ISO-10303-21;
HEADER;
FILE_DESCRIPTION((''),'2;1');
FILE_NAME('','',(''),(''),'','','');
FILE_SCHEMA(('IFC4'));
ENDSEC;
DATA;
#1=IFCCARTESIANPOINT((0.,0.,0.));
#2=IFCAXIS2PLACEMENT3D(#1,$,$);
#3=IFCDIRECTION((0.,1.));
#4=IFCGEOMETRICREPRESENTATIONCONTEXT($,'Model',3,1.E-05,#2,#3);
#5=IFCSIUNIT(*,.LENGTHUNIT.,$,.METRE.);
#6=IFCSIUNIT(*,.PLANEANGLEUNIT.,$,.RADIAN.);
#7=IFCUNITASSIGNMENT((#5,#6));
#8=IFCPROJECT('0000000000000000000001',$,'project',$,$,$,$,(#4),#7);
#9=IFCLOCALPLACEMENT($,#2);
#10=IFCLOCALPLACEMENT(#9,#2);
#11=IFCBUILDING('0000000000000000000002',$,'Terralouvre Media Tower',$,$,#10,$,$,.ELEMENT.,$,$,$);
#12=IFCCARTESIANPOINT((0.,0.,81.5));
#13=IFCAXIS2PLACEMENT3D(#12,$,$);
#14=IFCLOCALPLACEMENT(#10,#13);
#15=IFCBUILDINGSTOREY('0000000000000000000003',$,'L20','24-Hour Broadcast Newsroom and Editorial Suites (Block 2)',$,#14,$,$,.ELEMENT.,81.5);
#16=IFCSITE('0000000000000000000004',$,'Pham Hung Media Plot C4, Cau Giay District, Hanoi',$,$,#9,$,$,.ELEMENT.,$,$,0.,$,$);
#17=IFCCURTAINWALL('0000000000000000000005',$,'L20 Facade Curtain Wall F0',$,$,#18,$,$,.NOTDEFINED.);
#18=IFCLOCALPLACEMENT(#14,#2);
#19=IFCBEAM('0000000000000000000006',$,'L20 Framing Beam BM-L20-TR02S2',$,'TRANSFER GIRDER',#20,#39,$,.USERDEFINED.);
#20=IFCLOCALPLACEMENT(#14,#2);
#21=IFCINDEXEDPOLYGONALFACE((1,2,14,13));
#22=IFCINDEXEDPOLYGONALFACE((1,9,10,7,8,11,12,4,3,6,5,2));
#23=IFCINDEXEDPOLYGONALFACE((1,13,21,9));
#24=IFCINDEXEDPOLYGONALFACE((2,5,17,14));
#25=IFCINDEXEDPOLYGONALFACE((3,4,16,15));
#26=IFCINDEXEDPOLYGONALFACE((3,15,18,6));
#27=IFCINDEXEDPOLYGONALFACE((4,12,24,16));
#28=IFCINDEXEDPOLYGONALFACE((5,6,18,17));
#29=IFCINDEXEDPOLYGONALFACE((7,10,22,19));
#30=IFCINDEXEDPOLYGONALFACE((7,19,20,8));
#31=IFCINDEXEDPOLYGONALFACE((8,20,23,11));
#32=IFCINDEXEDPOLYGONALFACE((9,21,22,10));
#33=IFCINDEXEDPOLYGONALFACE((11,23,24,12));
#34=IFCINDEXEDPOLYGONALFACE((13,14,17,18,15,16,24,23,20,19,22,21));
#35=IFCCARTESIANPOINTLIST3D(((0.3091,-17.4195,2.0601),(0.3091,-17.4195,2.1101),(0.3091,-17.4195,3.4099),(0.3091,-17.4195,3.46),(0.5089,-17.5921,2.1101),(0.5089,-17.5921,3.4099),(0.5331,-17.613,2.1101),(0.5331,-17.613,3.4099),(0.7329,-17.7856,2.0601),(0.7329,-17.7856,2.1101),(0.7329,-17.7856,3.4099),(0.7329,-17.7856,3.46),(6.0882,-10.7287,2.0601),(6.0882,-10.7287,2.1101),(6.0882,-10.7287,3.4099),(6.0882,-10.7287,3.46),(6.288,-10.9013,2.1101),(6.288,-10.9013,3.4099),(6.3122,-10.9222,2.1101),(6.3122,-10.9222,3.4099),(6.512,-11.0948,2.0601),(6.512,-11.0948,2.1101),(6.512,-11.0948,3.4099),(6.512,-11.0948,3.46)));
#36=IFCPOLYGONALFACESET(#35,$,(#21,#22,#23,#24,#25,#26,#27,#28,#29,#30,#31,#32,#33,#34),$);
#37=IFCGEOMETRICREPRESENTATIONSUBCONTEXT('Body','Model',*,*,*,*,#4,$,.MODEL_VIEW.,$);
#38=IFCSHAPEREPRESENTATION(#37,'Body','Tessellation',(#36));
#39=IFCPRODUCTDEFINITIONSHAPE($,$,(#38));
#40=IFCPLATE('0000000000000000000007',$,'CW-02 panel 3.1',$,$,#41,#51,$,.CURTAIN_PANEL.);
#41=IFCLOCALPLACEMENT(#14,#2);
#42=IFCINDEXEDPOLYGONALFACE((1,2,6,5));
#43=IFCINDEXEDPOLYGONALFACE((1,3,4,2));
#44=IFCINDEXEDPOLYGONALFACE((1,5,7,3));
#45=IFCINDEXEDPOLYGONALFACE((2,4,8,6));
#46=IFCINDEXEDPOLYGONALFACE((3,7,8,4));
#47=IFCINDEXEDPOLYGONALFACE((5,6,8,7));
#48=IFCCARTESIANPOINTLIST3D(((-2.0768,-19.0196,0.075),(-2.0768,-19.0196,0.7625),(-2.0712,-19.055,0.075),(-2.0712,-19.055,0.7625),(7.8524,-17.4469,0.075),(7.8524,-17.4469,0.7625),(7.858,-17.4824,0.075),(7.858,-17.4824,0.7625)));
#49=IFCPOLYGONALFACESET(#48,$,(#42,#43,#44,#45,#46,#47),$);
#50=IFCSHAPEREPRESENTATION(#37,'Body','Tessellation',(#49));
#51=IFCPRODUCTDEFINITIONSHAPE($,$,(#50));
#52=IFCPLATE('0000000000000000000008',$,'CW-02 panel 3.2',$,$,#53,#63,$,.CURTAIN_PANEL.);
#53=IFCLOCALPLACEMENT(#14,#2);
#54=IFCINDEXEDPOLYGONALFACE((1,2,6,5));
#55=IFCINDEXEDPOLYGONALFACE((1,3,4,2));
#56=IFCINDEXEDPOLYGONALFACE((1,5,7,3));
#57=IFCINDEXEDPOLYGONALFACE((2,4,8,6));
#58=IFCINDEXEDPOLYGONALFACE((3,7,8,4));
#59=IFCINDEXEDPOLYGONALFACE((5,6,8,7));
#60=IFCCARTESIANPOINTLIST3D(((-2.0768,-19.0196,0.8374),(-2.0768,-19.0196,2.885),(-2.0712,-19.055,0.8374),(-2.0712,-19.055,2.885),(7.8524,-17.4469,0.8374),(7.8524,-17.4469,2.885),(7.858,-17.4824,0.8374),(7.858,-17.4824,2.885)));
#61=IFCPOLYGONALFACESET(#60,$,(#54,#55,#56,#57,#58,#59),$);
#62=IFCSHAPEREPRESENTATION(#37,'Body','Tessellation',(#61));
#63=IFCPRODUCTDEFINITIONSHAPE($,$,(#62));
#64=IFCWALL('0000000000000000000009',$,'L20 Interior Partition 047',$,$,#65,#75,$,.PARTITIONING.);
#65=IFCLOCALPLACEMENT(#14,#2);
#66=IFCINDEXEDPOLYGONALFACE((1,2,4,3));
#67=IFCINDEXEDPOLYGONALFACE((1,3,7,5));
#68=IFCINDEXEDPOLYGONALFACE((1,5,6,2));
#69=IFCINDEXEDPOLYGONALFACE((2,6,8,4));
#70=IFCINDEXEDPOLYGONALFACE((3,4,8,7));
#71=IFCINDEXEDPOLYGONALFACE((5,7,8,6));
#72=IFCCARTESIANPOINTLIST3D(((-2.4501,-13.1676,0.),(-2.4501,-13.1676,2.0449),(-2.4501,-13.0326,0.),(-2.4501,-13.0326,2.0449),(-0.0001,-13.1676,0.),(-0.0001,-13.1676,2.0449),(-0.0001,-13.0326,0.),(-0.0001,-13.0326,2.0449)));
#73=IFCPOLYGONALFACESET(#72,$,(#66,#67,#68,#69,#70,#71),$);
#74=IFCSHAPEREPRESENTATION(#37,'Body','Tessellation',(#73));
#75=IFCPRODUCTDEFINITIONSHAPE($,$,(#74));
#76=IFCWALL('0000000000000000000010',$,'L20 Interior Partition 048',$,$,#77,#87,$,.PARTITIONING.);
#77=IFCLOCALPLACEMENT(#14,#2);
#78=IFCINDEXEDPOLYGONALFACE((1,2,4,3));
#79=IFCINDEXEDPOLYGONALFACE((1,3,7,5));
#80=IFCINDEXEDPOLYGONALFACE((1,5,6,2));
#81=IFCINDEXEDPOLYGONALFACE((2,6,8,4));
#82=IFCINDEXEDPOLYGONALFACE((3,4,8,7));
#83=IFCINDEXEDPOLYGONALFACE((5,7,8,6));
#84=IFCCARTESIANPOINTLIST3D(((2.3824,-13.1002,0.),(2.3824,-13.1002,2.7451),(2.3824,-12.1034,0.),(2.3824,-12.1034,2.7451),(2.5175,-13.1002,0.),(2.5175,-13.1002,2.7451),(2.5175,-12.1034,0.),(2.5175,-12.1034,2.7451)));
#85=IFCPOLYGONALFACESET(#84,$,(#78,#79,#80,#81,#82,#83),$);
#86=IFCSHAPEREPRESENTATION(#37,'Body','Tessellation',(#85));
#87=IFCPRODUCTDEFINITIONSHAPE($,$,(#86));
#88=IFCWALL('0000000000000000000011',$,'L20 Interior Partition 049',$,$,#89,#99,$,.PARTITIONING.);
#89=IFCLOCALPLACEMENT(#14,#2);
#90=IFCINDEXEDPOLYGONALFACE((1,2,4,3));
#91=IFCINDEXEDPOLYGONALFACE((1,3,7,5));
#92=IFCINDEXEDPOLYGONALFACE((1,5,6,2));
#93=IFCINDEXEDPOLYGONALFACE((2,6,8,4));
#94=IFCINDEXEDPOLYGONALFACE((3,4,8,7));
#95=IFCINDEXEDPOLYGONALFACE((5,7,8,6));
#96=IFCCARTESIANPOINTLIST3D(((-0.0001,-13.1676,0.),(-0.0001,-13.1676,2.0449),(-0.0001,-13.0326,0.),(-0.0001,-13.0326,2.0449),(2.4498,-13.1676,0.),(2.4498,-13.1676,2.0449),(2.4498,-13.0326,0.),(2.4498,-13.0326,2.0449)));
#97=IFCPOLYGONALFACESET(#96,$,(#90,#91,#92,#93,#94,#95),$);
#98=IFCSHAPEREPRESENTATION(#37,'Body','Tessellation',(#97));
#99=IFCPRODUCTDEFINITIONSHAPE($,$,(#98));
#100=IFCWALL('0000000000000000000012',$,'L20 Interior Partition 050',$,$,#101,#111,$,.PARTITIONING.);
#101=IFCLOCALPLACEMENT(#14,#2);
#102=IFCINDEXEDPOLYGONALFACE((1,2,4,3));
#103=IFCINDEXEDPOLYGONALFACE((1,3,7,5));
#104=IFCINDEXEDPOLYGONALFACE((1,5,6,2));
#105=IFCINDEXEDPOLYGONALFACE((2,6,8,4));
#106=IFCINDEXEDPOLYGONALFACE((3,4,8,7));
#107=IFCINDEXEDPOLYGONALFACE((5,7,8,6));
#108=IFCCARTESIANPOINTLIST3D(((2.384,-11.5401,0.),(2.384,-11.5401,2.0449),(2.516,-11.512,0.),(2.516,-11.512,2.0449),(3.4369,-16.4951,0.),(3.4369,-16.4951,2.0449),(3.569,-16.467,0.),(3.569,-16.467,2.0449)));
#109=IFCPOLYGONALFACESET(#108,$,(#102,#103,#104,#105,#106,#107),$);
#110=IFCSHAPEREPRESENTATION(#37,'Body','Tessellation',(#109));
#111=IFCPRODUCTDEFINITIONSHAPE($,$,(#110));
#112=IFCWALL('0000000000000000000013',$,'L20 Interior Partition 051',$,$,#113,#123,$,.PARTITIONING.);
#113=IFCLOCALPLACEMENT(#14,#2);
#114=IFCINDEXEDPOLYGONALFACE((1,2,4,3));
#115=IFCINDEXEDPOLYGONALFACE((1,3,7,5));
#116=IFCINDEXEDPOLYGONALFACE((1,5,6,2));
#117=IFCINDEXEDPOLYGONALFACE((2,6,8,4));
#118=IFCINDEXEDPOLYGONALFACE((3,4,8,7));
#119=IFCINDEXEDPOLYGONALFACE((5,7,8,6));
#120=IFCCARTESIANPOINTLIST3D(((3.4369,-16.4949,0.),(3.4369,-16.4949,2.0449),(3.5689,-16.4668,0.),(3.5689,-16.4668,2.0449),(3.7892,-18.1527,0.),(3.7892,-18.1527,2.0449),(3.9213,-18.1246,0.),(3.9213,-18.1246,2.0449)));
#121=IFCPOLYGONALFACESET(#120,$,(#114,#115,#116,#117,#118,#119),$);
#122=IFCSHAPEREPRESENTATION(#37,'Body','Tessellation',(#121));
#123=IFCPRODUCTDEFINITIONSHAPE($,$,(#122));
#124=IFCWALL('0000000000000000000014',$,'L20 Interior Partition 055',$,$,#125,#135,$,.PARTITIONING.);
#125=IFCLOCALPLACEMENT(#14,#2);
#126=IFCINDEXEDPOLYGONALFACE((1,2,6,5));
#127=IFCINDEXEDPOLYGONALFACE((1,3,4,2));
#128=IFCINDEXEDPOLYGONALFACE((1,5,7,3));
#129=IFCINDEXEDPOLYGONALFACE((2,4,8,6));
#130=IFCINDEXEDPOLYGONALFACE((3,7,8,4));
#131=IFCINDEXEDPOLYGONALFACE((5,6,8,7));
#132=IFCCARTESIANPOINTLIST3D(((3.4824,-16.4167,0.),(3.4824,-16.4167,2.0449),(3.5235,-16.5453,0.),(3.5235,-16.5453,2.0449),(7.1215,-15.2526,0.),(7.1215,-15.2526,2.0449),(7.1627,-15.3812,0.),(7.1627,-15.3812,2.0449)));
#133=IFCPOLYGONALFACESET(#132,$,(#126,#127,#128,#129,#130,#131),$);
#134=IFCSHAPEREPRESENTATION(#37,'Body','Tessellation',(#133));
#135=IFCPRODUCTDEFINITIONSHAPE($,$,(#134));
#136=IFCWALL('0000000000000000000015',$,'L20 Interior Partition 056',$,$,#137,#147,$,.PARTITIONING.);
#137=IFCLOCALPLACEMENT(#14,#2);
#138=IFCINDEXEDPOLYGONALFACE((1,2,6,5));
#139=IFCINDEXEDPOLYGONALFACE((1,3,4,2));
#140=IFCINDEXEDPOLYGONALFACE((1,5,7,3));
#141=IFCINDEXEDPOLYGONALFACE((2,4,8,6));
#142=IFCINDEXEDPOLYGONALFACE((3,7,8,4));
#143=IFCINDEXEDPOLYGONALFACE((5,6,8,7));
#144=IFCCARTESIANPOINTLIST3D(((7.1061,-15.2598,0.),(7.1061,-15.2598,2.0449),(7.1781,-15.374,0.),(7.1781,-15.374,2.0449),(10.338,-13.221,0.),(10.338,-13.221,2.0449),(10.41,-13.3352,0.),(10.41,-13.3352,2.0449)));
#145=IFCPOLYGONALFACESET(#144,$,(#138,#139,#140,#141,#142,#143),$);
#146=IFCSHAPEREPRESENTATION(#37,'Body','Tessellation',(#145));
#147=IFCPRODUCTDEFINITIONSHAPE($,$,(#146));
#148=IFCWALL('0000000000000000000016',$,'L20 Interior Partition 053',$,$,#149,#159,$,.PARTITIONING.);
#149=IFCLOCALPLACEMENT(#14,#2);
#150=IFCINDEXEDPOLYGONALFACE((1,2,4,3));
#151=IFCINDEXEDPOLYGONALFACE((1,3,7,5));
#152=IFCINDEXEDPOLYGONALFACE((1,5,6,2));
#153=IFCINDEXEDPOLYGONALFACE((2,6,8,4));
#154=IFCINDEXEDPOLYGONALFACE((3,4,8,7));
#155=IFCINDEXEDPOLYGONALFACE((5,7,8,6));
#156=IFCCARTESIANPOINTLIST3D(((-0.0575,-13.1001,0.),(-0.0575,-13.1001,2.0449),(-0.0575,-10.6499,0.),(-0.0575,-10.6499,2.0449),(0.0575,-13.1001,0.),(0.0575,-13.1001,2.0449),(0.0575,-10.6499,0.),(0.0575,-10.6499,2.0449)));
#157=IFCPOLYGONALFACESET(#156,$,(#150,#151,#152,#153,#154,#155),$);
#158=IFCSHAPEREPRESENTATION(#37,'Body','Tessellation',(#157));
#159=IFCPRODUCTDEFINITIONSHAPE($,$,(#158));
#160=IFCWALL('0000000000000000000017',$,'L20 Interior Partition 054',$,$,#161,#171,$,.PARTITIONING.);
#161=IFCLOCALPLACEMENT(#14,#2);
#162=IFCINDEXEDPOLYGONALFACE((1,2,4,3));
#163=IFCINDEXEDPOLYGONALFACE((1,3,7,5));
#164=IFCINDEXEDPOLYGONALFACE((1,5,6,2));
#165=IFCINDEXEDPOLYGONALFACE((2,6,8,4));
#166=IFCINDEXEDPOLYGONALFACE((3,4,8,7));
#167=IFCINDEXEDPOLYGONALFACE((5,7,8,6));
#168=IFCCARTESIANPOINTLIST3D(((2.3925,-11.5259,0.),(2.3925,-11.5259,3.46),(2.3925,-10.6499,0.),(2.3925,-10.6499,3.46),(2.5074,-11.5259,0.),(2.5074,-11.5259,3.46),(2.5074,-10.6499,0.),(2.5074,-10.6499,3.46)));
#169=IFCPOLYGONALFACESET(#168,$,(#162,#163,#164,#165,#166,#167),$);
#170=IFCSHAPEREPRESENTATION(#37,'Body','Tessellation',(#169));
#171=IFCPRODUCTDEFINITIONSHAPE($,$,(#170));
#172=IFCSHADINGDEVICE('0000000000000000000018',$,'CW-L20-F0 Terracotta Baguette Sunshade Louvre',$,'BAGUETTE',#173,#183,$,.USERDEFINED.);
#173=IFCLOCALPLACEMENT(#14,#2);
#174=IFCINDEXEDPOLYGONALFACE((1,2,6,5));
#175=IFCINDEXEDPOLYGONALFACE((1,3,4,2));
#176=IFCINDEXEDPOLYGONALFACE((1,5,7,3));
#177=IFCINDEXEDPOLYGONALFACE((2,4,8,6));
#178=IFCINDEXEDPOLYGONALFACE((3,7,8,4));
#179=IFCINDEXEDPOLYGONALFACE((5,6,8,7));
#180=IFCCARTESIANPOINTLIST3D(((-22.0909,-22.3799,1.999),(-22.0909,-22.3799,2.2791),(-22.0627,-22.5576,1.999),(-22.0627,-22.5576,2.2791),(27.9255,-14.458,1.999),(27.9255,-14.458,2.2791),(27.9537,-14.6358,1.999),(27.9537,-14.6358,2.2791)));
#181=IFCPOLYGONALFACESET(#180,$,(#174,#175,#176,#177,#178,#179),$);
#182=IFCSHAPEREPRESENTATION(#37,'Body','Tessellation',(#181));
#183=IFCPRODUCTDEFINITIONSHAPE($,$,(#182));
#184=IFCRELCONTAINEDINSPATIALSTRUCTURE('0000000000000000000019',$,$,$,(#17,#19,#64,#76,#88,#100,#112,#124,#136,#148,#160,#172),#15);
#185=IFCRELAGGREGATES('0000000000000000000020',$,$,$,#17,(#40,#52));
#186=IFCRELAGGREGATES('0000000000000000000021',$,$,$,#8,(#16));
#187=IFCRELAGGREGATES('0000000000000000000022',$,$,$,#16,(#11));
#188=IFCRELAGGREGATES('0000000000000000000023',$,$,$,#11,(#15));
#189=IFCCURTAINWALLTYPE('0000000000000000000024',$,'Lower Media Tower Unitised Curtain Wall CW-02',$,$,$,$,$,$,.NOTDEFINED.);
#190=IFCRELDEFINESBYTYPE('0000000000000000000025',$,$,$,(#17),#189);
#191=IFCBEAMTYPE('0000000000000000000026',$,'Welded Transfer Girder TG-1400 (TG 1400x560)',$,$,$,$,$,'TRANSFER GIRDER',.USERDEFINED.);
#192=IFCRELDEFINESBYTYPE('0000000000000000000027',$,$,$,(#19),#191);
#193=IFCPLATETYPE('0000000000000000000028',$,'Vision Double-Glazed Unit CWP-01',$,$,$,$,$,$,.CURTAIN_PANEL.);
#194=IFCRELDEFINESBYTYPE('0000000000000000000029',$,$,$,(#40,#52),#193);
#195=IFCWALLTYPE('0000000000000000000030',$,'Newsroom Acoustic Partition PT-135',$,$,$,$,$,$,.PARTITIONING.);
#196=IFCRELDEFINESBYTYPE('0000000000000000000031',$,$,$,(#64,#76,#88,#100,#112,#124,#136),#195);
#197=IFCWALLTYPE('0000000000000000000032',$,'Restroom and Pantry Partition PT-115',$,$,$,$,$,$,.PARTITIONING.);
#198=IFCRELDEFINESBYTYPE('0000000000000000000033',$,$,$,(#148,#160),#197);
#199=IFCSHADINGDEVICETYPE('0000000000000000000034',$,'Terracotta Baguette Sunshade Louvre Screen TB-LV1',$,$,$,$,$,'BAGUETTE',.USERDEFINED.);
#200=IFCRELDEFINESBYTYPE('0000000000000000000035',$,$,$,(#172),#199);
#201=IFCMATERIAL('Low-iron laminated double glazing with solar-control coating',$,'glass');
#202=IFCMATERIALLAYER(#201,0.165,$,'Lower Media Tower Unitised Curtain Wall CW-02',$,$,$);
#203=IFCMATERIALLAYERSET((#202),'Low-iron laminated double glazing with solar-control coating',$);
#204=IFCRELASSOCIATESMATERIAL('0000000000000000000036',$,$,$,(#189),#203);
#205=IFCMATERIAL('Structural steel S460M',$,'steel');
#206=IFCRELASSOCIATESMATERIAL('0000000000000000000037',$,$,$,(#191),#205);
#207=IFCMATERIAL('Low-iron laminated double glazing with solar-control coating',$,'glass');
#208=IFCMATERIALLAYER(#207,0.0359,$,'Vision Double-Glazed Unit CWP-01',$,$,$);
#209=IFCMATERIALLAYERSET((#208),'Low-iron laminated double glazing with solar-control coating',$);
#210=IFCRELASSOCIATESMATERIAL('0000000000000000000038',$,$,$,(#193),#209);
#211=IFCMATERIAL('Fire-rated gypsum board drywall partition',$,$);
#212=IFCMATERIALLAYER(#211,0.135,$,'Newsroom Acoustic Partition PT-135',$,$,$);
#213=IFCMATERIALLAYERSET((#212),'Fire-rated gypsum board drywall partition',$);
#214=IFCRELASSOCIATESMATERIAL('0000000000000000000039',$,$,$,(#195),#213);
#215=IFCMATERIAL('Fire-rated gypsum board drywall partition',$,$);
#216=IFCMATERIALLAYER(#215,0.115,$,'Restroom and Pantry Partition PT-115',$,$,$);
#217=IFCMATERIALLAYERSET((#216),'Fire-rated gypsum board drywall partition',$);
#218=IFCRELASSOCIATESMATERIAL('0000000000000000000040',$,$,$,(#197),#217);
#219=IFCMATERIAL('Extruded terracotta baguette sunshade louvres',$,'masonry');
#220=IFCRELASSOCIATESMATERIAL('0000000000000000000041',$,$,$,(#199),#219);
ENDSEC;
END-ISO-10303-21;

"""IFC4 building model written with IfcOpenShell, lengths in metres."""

from ifc_helpers import new_model, si_unit, direction, frame, frame_2d, origin, origin_2d, place, context, subcontext, project, spatial, rectangle, i_section, extrude, material, layer, layer_set, material_profile, profile_set, type_object, element, aggregate, save


model = new_model("IFC4")

# Units and contexts
model_context = context("Model", 3, precision=1e-05, world=origin(), true_north=direction((0.0, 1.0)))
body_context = subcontext(model_context, "Body", "Model", "MODEL_VIEW")
ifc_project = project(units=[si_unit("LENGTHUNIT", "METRE"), si_unit("PLANEANGLEUNIT", "RADIAN")], contexts=[model_context])

# Site, building, storey
site_placement = place(None, origin())
site = spatial("IfcSite", under=ifc_project, at=site_placement, Name="Pham Hung Media Plot C4, Cau Giay District, Hanoi", CompositionType="ELEMENT", RefElevation=0.0)
building_placement = place(site_placement, origin())
building = spatial("IfcBuilding", under=site, at=building_placement, Name="Terralouvre Media Tower", CompositionType="ELEMENT")
storey_placement = place(building_placement, frame((0.0, 0.0, 81.5)))
storey = spatial("IfcBuildingStorey", under=building, at=storey_placement, Name="L20", Description="24-Hour Broadcast Newsroom and Editorial Suites (Block 2)", CompositionType="ELEMENT", Elevation=81.5)

# Curtain wall
ifc_material_1 = material(Name="Low-iron laminated double glazing with solar-control coating", Category="glass")
ifc_layer_1 = layer(ifc_material_1, 0.165, Name="Lower Media Tower Unitised Curtain Wall CW-02")
ifc_layer_set_1 = layer_set([ifc_layer_1], Name="Low-iron laminated double glazing with solar-control coating")
curtain_wall_type = type_object("IfcCurtainWallType", Name="Lower Media Tower Unitised Curtain Wall CW-02", PredefinedType="NOTDEFINED", material=ifc_layer_set_1)
curtain_wall_placement = place(storey_placement, origin())
curtain_wall = element("IfcCurtainWall", 1, at=curtain_wall_placement, inside=storey, type_object=curtain_wall_type, Name="L20 Facade Curtain Wall F0", PredefinedType="NOTDEFINED")

# Beam
ifc_material_2 = material(Name="Structural steel S460M", Category="steel")
ifc_material_profile_1 = material_profile(ifc_material_2, i_section(OverallWidth=0.5601, OverallDepth=1.3999, WebThickness=0.032, FlangeThickness=0.05, at=origin_2d()), Name="TG 1400x560")
ifc_profile_set_1 = profile_set([ifc_material_profile_1], Name="Structural steel S460M")
beam_type_1 = type_object("IfcBeamType", Name="Welded Transfer Girder TG-1400 (TG 1400x560)", ElementType="TRANSFER GIRDER", PredefinedType="USERDEFINED", material=ifc_profile_set_1)
beam_1_placement = place(storey_placement, frame((0.521, -17.6025, 2.76), z_axis=(0.653668, 0.756781, 0.0), x_axis=(-0.756781, 0.653668, 0.0)))
element("IfcBeam", 2, at=beam_1_placement, inside=storey, type_object=beam_type_1, Name="L20 Framing Beam BM-L20-TR02S2", ObjectType="TRANSFER GIRDER", PredefinedType="USERDEFINED", context=body_context, shape_type="SweptSolid", body=[
    extrude(i_section(OverallWidth=0.5601, OverallDepth=1.3999, WebThickness=0.032, FlangeThickness=0.05, at=origin_2d()), origin(), (0.0, 0.0, 1.0), 8.8411),
])

# Plates
ifc_material_3 = material(Name="Low-iron laminated double glazing with solar-control coating", Category="glass")
ifc_layer_2 = layer(ifc_material_3, 0.0359, Name="Vision Double-Glazed Unit CWP-01")
ifc_layer_set_2 = layer_set([ifc_layer_2], Name="Low-iron laminated double glazing with solar-control coating")
plate_type = type_object("IfcPlateType", Name="Vision Double-Glazed Unit CWP-01", PredefinedType="CURTAIN_PANEL", material=ifc_layer_set_2)
plate_1_placement = place(storey_placement, frame((2.8906, -18.251, 0.075), z_axis=(0.0, 0.0, 1.0), x_axis=(0.987688, 0.156434, 0.0)))
plate_1 = element("IfcPlate", 3, at=plate_1_placement, type_object=plate_type, Name="CW-02 panel 3.1", PredefinedType="CURTAIN_PANEL", context=body_context, shape_type="SweptSolid", body=[
    extrude(rectangle(XDim=10.053, YDim=0.0359, at=origin_2d()), origin(), (0.0, 0.0, 1.0), 0.6875),
])
plate_2_placement = place(storey_placement, frame((2.8906, -18.251, 0.8374), z_axis=(0.0, 0.0, 1.0), x_axis=(0.987688, 0.156434, 0.0)))
plate_2 = element("IfcPlate", 4, at=plate_2_placement, type_object=plate_type, Name="CW-02 panel 3.2", PredefinedType="CURTAIN_PANEL", context=body_context, shape_type="SweptSolid", body=[
    extrude(rectangle(XDim=10.053, YDim=0.0359, at=origin_2d()), origin(), (0.0, 0.0, 1.0), 2.0476),
])
aggregate(curtain_wall, [plate_1, plate_2])

# Walls
ifc_material_4 = material(Name="Fire-rated gypsum board drywall partition")
ifc_layer_3 = layer(ifc_material_4, 0.135, Name="Newsroom Acoustic Partition PT-135")
ifc_layer_set_3 = layer_set([ifc_layer_3], Name="Fire-rated gypsum board drywall partition")
wall_type_1 = type_object("IfcWallType", Name="Newsroom Acoustic Partition PT-135", PredefinedType="PARTITIONING", material=ifc_layer_set_3)
wall_1_placement = place(storey_placement, frame((0.0, -13.1001, 0.0), z_axis=(0.0, 0.0, 1.0), x_axis=(-1.0, 0.0, 0.0)))
element("IfcWall", 5, at=wall_1_placement, inside=storey, type_object=wall_type_1, Name="L20 Interior Partition 047", PredefinedType="PARTITIONING", context=body_context, shape_type="SweptSolid", body=[
    extrude(rectangle(XDim=2.45, YDim=0.135, at=frame_2d((1.2251, 0.0))), origin(), (0.0, 0.0, 1.0), 2.0449),
])
wall_2_placement = place(storey_placement, frame((2.45, -12.1033, 0.0), z_axis=(0.0, 0.0, 1.0), x_axis=(0.0, -1.0, 0.0)))
element("IfcWall", 6, at=wall_2_placement, inside=storey, type_object=wall_type_1, Name="L20 Interior Partition 048", PredefinedType="PARTITIONING", context=body_context, shape_type="SweptSolid", body=[
    extrude(rectangle(XDim=0.9968, YDim=0.135, at=frame_2d((0.4985, 0.0))), origin(), (0.0, 0.0, 1.0), 2.7451),
])
wall_3_placement = place(storey_placement, frame((2.45, -13.1001, 0.0), z_axis=(0.0, 0.0, 1.0), x_axis=(-1.0, 0.0, 0.0)))
element("IfcWall", 7, at=wall_3_placement, inside=storey, type_object=wall_type_1, Name="L20 Interior Partition 049", PredefinedType="PARTITIONING", context=body_context, shape_type="SweptSolid", body=[
    extrude(rectangle(XDim=2.45, YDim=0.135, at=frame_2d((1.2251, 0.0))), origin(), (0.0, 0.0, 1.0), 2.0449),
])
wall_4_placement = place(storey_placement, frame((3.5029, -16.481, 0.0), z_axis=(0.0, 0.0, 1.0), x_axis=(-0.207863, 0.978158, 0.0)))
element("IfcWall", 8, at=wall_4_placement, inside=storey, type_object=wall_type_1, Name="L20 Interior Partition 050", PredefinedType="PARTITIONING", context=body_context, shape_type="SweptSolid", body=[
    extrude(rectangle(XDim=5.0657, YDim=0.135, at=frame_2d((2.5327, 0.0))), origin(), (0.0, 0.0, 1.0), 2.0449),
])
wall_5_placement = place(storey_placement, frame((3.8552, -18.1387, 0.0), z_axis=(0.0, 0.0, 1.0), x_axis=(-0.207876, 0.978155, 0.0)))
element("IfcWall", 9, at=wall_5_placement, inside=storey, type_object=wall_type_1, Name="L20 Interior Partition 051", PredefinedType="PARTITIONING", context=body_context, shape_type="SweptSolid", body=[
    extrude(rectangle(XDim=1.6948, YDim=0.135, at=frame_2d((0.8474, 0.0))), origin(), (0.0, 0.0, 1.0), 2.0449),
])
wall_6_placement = place(storey_placement, frame((3.5029, -16.481, 0.0), z_axis=(0.0, 0.0, 1.0), x_axis=(0.95246, 0.304664, 0.0)))
element("IfcWall", 10, at=wall_6_placement, inside=storey, type_object=wall_type_1, Name="L20 Interior Partition 055", PredefinedType="PARTITIONING", context=body_context, shape_type="SweptSolid", body=[
    extrude(rectangle(XDim=3.8208, YDim=0.135, at=frame_2d((1.9104, 0.0))), origin(), (0.0, 0.0, 1.0), 2.0449),
])
wall_7_placement = place(storey_placement, frame((7.1421, -15.3169, 0.0), z_axis=(0.0, 0.0, 1.0), x_axis=(0.845773, 0.533543, 0.0)))
element("IfcWall", 11, at=wall_7_placement, inside=storey, type_object=wall_type_1, Name="L20 Interior Partition 056", PredefinedType="PARTITIONING", context=body_context, shape_type="SweptSolid", body=[
    extrude(rectangle(XDim=3.8213, YDim=0.135, at=frame_2d((1.9106, 0.0))), origin(), (0.0, 0.0, 1.0), 2.0449),
])
ifc_material_5 = material(Name="Fire-rated gypsum board drywall partition")
ifc_layer_4 = layer(ifc_material_5, 0.115, Name="Restroom and Pantry Partition PT-115")
ifc_layer_set_4 = layer_set([ifc_layer_4], Name="Fire-rated gypsum board drywall partition")
wall_type_2 = type_object("IfcWallType", Name="Restroom and Pantry Partition PT-115", PredefinedType="PARTITIONING", material=ifc_layer_set_4)
wall_8_placement = place(storey_placement, frame((0.0, -13.1001, 0.0), z_axis=(0.0, 0.0, 1.0), x_axis=(0.0, 1.0, 0.0)))
element("IfcWall", 12, at=wall_8_placement, inside=storey, type_object=wall_type_2, Name="L20 Interior Partition 053", PredefinedType="PARTITIONING", context=body_context, shape_type="SweptSolid", body=[
    extrude(rectangle(XDim=2.4502, YDim=0.115, at=frame_2d((1.2251, 0.0))), origin(), (0.0, 0.0, 1.0), 2.0449),
])
wall_9_placement = place(storey_placement, frame((2.45, -11.5259, 0.0), z_axis=(0.0, 0.0, 1.0), x_axis=(0.0, 1.0, 0.0)))
element("IfcWall", 13, at=wall_9_placement, inside=storey, type_object=wall_type_2, Name="L20 Interior Partition 054", PredefinedType="PARTITIONING", context=body_context, shape_type="SweptSolid", body=[
    extrude(rectangle(XDim=0.876, YDim=0.115, at=frame_2d((0.438, 0.0))), origin(), (0.0, 0.0, 1.0), 3.46),
])

# Shading device
ifc_material_6 = material(Name="Extruded terracotta baguette sunshade louvres", Category="masonry")
shading_device_type = type_object("IfcShadingDeviceType", Name="Terracotta Baguette Sunshade Louvre Screen TB-LV1", ElementType="BAGUETTE", PredefinedType="USERDEFINED", material=ifc_material_6)
shading_device_placement = place(storey_placement, frame((2.9314, -18.5078, 1.999), z_axis=(0.0, 0.0, 1.0), x_axis=(0.987688, 0.156434, 0.0)))
element("IfcShadingDevice", 14, at=shading_device_placement, inside=storey, type_object=shading_device_type, Name="CW-L20-F0 Terracotta Baguette Sunshade Louvre", ObjectType="BAGUETTE", PredefinedType="USERDEFINED", context=body_context, shape_type="SweptSolid", body=[
    extrude(rectangle(XDim=50.6399, YDim=0.1799, at=origin_2d()), origin(), (0.0, 0.0, 1.0), 0.28),
])

save(model, "model.ifc")
